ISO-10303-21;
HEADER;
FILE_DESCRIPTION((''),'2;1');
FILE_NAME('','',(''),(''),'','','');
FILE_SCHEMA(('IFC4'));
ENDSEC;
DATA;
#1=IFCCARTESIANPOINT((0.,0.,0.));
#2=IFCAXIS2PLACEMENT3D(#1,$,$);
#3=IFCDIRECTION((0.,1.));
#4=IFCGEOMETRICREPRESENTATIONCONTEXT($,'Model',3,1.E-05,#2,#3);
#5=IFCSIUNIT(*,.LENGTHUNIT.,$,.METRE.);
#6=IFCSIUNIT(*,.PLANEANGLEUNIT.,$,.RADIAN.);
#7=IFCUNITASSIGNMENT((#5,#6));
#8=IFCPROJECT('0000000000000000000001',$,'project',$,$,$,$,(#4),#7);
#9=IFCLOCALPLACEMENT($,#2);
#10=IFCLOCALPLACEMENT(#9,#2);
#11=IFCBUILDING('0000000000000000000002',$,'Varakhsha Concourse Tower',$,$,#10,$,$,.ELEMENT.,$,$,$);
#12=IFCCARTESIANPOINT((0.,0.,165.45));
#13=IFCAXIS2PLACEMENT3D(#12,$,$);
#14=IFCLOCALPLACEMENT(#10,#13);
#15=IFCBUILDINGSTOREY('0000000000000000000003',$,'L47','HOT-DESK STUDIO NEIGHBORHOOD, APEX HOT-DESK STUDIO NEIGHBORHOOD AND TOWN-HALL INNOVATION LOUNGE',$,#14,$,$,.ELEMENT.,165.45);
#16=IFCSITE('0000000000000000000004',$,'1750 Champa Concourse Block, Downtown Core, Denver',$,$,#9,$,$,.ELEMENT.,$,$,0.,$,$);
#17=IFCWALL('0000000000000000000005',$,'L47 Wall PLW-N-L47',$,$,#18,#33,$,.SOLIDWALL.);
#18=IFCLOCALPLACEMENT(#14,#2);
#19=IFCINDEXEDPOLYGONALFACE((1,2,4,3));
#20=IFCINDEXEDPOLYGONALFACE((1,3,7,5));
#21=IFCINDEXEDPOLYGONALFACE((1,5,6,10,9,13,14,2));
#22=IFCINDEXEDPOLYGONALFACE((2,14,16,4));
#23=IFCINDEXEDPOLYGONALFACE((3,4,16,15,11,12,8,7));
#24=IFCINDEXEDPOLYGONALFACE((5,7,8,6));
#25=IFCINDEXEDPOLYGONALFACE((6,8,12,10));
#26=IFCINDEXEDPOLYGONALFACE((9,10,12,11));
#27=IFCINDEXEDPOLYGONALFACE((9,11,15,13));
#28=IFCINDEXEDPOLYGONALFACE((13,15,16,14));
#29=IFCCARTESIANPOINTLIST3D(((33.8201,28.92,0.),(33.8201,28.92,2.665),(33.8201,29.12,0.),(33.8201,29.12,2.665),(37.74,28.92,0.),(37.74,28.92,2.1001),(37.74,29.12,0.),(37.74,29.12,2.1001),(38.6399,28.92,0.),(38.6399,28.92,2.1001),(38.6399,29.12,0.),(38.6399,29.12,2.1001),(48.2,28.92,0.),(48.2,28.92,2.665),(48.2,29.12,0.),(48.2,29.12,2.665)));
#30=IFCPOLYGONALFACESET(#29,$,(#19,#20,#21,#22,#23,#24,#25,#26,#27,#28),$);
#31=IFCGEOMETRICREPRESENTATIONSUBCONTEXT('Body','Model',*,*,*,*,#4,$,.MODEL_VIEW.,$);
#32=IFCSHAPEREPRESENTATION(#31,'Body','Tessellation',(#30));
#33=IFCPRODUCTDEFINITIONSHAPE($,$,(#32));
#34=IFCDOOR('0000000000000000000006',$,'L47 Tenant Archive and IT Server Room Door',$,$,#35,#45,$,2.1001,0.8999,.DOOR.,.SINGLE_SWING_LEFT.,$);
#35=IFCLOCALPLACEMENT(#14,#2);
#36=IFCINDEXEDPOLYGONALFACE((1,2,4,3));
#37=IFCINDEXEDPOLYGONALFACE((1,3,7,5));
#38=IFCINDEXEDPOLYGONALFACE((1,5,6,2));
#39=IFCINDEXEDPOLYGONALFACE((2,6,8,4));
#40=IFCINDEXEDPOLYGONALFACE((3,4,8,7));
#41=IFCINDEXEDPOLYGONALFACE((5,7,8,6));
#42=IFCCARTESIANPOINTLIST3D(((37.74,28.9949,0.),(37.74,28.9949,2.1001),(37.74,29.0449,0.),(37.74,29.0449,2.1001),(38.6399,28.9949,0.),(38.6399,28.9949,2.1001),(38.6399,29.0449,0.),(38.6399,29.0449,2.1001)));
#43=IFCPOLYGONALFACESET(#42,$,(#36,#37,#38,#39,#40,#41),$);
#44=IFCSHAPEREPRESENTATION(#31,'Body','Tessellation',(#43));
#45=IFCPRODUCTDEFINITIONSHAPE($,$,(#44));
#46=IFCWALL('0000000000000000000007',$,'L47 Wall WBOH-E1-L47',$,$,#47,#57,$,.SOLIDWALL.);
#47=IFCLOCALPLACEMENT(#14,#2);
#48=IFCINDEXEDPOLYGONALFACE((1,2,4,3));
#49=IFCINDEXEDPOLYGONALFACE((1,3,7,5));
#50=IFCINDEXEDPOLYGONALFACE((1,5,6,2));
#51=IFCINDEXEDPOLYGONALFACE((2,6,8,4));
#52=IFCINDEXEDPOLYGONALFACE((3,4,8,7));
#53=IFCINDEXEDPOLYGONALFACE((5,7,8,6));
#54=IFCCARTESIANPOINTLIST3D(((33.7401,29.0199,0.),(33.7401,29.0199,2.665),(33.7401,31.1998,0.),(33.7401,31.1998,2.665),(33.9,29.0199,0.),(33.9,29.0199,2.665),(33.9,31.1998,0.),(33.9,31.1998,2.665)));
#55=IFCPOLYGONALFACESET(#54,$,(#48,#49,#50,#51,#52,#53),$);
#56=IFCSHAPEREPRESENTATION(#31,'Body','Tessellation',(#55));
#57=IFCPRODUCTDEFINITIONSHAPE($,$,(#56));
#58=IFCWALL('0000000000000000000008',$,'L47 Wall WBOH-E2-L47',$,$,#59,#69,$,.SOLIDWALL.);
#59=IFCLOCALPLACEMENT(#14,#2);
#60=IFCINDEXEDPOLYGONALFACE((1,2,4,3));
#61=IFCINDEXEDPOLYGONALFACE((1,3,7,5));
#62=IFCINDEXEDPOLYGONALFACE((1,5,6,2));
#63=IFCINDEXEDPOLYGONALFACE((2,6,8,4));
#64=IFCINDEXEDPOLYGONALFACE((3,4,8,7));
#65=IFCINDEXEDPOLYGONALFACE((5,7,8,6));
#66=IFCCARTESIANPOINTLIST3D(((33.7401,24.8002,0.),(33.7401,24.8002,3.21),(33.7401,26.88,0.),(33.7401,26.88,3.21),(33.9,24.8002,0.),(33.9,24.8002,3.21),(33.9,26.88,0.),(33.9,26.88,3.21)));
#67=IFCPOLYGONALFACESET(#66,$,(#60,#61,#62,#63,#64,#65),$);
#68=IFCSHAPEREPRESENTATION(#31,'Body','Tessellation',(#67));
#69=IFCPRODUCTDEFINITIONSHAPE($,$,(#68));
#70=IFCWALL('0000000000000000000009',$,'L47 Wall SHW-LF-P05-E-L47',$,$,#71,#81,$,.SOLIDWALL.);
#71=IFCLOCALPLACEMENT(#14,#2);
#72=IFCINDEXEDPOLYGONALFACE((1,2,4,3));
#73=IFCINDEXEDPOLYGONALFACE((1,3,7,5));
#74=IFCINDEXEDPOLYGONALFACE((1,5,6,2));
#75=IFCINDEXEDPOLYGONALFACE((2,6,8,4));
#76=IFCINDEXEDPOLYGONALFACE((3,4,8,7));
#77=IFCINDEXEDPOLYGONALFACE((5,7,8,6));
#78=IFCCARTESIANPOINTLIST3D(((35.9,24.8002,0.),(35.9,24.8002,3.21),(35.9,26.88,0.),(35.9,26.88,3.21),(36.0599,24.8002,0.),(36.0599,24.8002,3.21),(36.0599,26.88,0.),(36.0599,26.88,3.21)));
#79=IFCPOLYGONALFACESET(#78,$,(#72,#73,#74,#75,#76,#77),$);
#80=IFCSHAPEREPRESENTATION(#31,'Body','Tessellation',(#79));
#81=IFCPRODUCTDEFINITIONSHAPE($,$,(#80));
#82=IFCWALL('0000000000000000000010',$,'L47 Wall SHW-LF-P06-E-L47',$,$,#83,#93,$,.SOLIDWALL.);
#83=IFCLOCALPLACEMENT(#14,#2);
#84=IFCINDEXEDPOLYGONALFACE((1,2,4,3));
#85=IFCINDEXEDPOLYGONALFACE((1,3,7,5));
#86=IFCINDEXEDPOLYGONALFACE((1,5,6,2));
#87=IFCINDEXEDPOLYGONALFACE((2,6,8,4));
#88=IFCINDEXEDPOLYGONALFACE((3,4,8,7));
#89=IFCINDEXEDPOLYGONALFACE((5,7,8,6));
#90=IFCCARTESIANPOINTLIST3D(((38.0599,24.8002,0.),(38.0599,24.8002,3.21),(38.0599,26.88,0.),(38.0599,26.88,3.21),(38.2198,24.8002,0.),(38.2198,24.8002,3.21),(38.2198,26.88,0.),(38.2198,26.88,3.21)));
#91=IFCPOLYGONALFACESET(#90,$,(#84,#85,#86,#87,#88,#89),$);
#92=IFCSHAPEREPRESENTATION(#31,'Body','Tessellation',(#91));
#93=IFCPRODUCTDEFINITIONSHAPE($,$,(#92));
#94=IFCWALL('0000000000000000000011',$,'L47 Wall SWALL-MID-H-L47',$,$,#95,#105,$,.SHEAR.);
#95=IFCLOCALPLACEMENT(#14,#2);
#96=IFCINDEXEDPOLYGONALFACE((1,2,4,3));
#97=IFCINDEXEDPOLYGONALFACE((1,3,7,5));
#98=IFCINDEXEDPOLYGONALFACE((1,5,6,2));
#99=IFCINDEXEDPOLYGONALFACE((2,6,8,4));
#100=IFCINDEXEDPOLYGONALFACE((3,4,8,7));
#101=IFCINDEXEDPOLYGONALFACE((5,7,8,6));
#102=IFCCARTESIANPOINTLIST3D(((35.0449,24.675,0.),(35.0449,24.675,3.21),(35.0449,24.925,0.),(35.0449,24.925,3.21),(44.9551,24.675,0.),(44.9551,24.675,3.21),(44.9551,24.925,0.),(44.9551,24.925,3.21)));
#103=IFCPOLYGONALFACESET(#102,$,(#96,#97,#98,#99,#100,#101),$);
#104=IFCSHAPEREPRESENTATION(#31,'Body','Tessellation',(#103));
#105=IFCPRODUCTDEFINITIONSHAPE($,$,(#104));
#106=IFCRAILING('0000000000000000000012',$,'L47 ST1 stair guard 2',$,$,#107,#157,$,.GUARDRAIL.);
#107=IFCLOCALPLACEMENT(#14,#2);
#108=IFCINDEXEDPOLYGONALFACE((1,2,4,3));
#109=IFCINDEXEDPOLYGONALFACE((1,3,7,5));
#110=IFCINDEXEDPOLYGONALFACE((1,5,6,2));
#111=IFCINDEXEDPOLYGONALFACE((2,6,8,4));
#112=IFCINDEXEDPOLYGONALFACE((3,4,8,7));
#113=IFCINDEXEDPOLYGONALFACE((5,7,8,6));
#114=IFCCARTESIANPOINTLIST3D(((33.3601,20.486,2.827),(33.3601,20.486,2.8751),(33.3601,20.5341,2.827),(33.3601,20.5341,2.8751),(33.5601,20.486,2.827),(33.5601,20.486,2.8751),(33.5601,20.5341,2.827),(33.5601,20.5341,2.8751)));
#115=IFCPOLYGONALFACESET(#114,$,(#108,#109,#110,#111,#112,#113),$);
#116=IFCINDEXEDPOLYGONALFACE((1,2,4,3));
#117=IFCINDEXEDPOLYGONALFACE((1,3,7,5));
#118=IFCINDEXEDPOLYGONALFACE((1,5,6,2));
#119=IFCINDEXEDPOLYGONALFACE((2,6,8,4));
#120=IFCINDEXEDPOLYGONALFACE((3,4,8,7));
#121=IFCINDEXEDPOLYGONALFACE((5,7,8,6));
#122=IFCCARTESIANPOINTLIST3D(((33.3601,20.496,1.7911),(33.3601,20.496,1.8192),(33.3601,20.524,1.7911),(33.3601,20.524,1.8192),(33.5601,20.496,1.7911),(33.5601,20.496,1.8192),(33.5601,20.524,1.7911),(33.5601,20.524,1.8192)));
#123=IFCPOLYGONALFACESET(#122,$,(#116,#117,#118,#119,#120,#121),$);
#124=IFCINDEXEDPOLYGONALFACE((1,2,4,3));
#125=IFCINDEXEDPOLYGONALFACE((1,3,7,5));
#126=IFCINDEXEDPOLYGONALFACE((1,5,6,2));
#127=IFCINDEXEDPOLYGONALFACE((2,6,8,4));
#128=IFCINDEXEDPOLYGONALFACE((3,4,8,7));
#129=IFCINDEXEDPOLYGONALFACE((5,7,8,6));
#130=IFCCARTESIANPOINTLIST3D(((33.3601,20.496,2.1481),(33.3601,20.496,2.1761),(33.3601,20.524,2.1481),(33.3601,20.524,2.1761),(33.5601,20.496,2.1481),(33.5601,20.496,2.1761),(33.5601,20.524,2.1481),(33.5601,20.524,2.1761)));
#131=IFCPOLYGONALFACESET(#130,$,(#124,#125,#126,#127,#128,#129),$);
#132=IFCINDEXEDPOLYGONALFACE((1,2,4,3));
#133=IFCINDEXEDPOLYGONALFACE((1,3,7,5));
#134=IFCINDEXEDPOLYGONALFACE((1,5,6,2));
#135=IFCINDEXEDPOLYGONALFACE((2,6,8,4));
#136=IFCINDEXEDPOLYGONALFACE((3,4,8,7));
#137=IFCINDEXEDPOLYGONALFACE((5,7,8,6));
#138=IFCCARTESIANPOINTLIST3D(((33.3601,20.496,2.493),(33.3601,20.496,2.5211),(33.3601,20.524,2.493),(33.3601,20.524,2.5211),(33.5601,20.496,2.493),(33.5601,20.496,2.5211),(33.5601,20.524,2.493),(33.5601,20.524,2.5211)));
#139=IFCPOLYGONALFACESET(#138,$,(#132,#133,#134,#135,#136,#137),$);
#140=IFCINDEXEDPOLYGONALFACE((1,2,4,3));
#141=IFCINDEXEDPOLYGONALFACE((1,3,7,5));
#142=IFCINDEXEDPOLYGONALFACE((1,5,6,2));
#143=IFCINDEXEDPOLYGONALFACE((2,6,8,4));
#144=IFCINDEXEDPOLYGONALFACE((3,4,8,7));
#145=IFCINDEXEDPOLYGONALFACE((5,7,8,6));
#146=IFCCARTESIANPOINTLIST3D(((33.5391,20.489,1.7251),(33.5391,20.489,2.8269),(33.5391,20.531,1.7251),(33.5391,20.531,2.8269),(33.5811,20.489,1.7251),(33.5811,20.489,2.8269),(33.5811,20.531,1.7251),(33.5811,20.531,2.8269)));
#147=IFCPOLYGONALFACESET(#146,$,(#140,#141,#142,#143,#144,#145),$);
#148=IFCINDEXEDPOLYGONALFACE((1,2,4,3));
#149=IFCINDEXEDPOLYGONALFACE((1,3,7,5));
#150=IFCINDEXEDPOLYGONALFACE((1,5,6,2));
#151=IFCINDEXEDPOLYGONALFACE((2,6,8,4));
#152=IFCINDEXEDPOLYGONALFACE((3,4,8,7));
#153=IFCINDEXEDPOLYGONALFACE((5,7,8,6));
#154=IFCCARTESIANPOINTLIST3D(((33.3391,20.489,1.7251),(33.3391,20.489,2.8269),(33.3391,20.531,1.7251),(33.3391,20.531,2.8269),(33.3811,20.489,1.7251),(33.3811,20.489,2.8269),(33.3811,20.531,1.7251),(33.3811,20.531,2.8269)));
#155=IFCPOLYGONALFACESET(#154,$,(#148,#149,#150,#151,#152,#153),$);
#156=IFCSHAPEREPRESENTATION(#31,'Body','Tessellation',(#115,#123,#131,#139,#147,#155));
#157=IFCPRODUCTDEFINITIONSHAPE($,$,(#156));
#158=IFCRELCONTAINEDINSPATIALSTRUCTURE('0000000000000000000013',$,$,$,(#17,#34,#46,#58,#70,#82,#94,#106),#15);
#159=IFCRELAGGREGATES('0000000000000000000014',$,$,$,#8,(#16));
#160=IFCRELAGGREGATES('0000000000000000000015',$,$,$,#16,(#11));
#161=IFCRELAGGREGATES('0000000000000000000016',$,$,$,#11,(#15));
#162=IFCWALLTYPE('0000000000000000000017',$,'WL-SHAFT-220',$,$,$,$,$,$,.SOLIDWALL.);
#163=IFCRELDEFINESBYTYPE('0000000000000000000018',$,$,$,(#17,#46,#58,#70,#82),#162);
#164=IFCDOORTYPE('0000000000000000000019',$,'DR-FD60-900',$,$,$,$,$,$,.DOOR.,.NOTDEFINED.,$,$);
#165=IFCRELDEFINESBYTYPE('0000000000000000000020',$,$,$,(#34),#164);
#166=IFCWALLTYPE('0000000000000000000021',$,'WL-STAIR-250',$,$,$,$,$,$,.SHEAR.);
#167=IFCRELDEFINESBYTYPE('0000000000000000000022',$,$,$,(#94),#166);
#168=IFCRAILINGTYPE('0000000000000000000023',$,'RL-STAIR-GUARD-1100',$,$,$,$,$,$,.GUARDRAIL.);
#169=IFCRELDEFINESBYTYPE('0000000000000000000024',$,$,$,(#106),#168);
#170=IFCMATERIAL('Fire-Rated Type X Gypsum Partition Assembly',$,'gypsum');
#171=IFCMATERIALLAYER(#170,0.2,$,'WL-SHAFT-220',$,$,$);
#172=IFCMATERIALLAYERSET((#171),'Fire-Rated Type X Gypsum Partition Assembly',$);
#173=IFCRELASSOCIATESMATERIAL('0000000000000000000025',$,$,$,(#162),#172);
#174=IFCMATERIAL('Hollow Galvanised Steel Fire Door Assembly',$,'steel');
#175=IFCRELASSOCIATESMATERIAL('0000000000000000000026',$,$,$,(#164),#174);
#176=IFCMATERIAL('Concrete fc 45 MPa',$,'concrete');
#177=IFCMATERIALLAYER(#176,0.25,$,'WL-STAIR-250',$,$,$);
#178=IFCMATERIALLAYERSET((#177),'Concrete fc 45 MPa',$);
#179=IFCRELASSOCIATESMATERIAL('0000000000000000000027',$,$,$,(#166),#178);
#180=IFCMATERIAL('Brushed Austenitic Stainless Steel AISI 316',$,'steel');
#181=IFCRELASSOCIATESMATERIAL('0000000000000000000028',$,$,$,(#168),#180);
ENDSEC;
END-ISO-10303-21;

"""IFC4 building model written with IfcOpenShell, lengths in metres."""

from ifc_helpers import new_model, si_unit, direction, frame, frame_2d, origin, origin_2d, place, context, subcontext, project, spatial, rectangle, extrude, material, layer, layer_set, type_object, element, fill, save


model = new_model("IFC4")

# Units and contexts
model_context = context("Model", 3, precision=1e-05, world=origin(), true_north=direction((0.0, 1.0)))
body_context = subcontext(model_context, "Body", "Model", "MODEL_VIEW")
ifc_project = project(units=[si_unit("LENGTHUNIT", "METRE"), si_unit("PLANEANGLEUNIT", "RADIAN")], contexts=[model_context])

# Site, building, storey
site_placement = place(None, origin())
site = spatial("IfcSite", under=ifc_project, at=site_placement, Name="1750 Champa Concourse Block, Downtown Core, Denver", CompositionType="ELEMENT", RefElevation=0.0)
building_placement = place(site_placement, origin())
building = spatial("IfcBuilding", under=site, at=building_placement, Name="Varakhsha Concourse Tower", CompositionType="ELEMENT")
storey_placement = place(building_placement, frame((0.0, 0.0, 165.45)))
storey = spatial("IfcBuildingStorey", under=building, at=storey_placement, Name="L47", Description="HOT-DESK STUDIO NEIGHBORHOOD, APEX HOT-DESK STUDIO NEIGHBORHOOD AND TOWN-HALL INNOVATION LOUNGE", CompositionType="ELEMENT", Elevation=165.45)

# Shared definitions
ifc_material_1 = material(Name="Fire-Rated Type X Gypsum Partition Assembly", Category="gypsum")
ifc_material_2 = material(Name="Hollow Galvanised Steel Fire Door Assembly", Category="steel")
ifc_layer_1 = layer(ifc_material_1, 0.2, Name="WL-SHAFT-220")
ifc_layer_set_1 = layer_set([ifc_layer_1], Name="Fire-Rated Type X Gypsum Partition Assembly")
wall_type_1 = type_object("IfcWallType", Name="WL-SHAFT-220", PredefinedType="SOLIDWALL", material=ifc_layer_set_1)
ifc_material_3 = material(Name="Brushed Austenitic Stainless Steel AISI 316", Category="steel")

# Wall, opening, door
wall_1_placement = place(storey_placement, frame((33.8201, 29.02, 0.0), z_axis=(0.0, 0.0, 1.0), x_axis=(1.0, 0.0, 0.0)))
wall_1 = element("IfcWall", 1, at=wall_1_placement, inside=storey, type_object=wall_type_1, Name="L47 Wall PLW-N-L47", PredefinedType="SOLIDWALL", context=body_context, shape_type="SweptSolid", body=[
    extrude(rectangle(XDim=14.3799, YDim=0.2, at=frame_2d((7.1899, 0.0))), origin(), (0.0, 0.0, 1.0), 2.665),
])
opening_1_placement = place(wall_1_placement, frame((3.9199, 0.0, 0.0)))
opening_1 = element("IfcOpeningElement", 2, at=opening_1_placement, cuts=wall_1, PredefinedType="OPENING", context=body_context, shape_type="SweptSolid", body=[
    extrude(rectangle(XDim=0.8999, YDim=2.1001, at=frame_2d((0.45, 1.05))), frame((0.0, 0.1099, 0.0), z_axis=(0.0, -1.0, 0.0), x_axis=(1.0, 0.0, 0.0)), (0.0, 0.0, 1.0), 0.22),
])
door_type_1 = type_object("IfcDoorType", Name="DR-FD60-900", OperationType="NOTDEFINED", PredefinedType="DOOR", material=ifc_material_2)
door_1_placement = place(opening_1_placement, origin())
door_1 = element("IfcDoor", 3, at=door_1_placement, inside=storey, type_object=door_type_1, Name="L47 Tenant Archive and IT Server Room Door", OperationType="SINGLE_SWING_LEFT", OverallHeight=2.1001, OverallWidth=0.8999, PredefinedType="DOOR", context=body_context, shape_type="SweptSolid", body=[
    extrude(rectangle(XDim=0.8999, YDim=2.1001, at=frame_2d((0.45, 1.05))), frame((0.0, 0.0249, 0.0), z_axis=(0.0, -1.0, 0.0), x_axis=(1.0, 0.0, 0.0)), (0.0, 0.0, 1.0), 0.05),
])
fill(opening_1, door_1)

# Walls
wall_2_placement = place(storey_placement, frame((33.8201, 29.02, 0.0), z_axis=(0.0, 0.0, 1.0), x_axis=(0.0, 1.0, 0.0)))
element("IfcWall", 4, at=wall_2_placement, inside=storey, type_object=wall_type_1, Name="L47 Wall WBOH-E1-L47", PredefinedType="SOLIDWALL", context=body_context, shape_type="SweptSolid", body=[
    extrude(rectangle(XDim=2.1799, YDim=0.1599, at=frame_2d((1.0898, 0.0))), origin(), (0.0, 0.0, 1.0), 2.665),
])
for number, where, z_axis, x_axis, name in (
    (5, (33.8201, 24.8, 0.0), (0.0, 0.0, 1.0), (0.0, 1.0, 0.0), "L47 Wall WBOH-E2-L47"),
    (6, (35.98, 24.8, 0.0), (0.0, 0.0, 1.0), (0.0, 1.0, 0.0), "L47 Wall SHW-LF-P05-E-L47"),
    (7, (38.1399, 24.8, 0.0), (0.0, 0.0, 1.0), (0.0, 1.0, 0.0), "L47 Wall SHW-LF-P06-E-L47"),
):
    element("IfcWall", number, at=place(storey_placement, frame(where, z_axis=z_axis, x_axis=x_axis)), inside=storey, type_object=wall_type_1, Name=name, PredefinedType="SOLIDWALL", context=body_context, shape_type="SweptSolid", body=[
        extrude(rectangle(XDim=2.0798, YDim=0.1599, at=frame_2d((1.04, 0.0))), origin(), (0.0, 0.0, 1.0), 3.21),
    ])
ifc_material_4 = material(Name="Concrete fc 45 MPa", Category="concrete")
ifc_layer_2 = layer(ifc_material_4, 0.25, Name="WL-STAIR-250")
ifc_layer_set_2 = layer_set([ifc_layer_2], Name="Concrete fc 45 MPa")
wall_type_2 = type_object("IfcWallType", Name="WL-STAIR-250", PredefinedType="SHEAR", material=ifc_layer_set_2)
wall_3_placement = place(storey_placement, frame((35.0449, 24.8, 0.0), z_axis=(0.0, 0.0, 1.0), x_axis=(1.0, 0.0, 0.0)))
element("IfcWall", 8, at=wall_3_placement, inside=storey, type_object=wall_type_2, Name="L47 Wall SWALL-MID-H-L47", PredefinedType="SHEAR", context=body_context, shape_type="SweptSolid", body=[
    extrude(rectangle(XDim=9.9102, YDim=0.25, at=frame_2d((4.9551, 0.0))), origin(), (0.0, 0.0, 1.0), 3.21),
])

# Railing
railing_type = type_object("IfcRailingType", Name="RL-STAIR-GUARD-1100", PredefinedType="GUARDRAIL", material=ifc_material_3)
railing_1_placement = place(storey_placement, frame((33.5601, 20.51, 1.7251)))
element("IfcRailing", 9, at=railing_1_placement, inside=storey, type_object=railing_type, Name="L47 ST1 stair guard 2", PredefinedType="GUARDRAIL", context=body_context, shape_type="SweptSolid", body=[
    extrude(rectangle(XDim=0.0481, YDim=0.0481, at=origin_2d()), frame((0.0, 0.0, 1.126), z_axis=(-1.0, 0.0, 0.0), x_axis=(0.0, -1.0, 0.0)), (0.0, 0.0, 1.0), 0.2),
    extrude(rectangle(XDim=0.0281, YDim=0.0281, at=origin_2d()), frame((0.0, 0.0, 0.0801), z_axis=(-1.0, 0.0, 0.0), x_axis=(0.0, -1.0, 0.0)), (0.0, 0.0, 1.0), 0.2),
    extrude(rectangle(XDim=0.0281, YDim=0.0281, at=origin_2d()), frame((0.0, 0.0, 0.437), z_axis=(-1.0, 0.0, 0.0), x_axis=(0.0, -1.0, 0.0)), (0.0, 0.0, 1.0), 0.2),
    extrude(rectangle(XDim=0.0281, YDim=0.0281, at=origin_2d()), frame((0.0, 0.0, 0.782), z_axis=(-1.0, 0.0, 0.0), x_axis=(0.0, -1.0, 0.0)), (0.0, 0.0, 1.0), 0.2),
    extrude(rectangle(XDim=0.042, YDim=0.042, at=origin_2d()), origin(), (0.0, 0.0, 1.0), 1.1018),
    extrude(rectangle(XDim=0.042, YDim=0.042, at=origin_2d()), frame((-0.2, 0.0, 0.0)), (0.0, 0.0, 1.0), 1.1018),
])

save(model, "model.ifc")
